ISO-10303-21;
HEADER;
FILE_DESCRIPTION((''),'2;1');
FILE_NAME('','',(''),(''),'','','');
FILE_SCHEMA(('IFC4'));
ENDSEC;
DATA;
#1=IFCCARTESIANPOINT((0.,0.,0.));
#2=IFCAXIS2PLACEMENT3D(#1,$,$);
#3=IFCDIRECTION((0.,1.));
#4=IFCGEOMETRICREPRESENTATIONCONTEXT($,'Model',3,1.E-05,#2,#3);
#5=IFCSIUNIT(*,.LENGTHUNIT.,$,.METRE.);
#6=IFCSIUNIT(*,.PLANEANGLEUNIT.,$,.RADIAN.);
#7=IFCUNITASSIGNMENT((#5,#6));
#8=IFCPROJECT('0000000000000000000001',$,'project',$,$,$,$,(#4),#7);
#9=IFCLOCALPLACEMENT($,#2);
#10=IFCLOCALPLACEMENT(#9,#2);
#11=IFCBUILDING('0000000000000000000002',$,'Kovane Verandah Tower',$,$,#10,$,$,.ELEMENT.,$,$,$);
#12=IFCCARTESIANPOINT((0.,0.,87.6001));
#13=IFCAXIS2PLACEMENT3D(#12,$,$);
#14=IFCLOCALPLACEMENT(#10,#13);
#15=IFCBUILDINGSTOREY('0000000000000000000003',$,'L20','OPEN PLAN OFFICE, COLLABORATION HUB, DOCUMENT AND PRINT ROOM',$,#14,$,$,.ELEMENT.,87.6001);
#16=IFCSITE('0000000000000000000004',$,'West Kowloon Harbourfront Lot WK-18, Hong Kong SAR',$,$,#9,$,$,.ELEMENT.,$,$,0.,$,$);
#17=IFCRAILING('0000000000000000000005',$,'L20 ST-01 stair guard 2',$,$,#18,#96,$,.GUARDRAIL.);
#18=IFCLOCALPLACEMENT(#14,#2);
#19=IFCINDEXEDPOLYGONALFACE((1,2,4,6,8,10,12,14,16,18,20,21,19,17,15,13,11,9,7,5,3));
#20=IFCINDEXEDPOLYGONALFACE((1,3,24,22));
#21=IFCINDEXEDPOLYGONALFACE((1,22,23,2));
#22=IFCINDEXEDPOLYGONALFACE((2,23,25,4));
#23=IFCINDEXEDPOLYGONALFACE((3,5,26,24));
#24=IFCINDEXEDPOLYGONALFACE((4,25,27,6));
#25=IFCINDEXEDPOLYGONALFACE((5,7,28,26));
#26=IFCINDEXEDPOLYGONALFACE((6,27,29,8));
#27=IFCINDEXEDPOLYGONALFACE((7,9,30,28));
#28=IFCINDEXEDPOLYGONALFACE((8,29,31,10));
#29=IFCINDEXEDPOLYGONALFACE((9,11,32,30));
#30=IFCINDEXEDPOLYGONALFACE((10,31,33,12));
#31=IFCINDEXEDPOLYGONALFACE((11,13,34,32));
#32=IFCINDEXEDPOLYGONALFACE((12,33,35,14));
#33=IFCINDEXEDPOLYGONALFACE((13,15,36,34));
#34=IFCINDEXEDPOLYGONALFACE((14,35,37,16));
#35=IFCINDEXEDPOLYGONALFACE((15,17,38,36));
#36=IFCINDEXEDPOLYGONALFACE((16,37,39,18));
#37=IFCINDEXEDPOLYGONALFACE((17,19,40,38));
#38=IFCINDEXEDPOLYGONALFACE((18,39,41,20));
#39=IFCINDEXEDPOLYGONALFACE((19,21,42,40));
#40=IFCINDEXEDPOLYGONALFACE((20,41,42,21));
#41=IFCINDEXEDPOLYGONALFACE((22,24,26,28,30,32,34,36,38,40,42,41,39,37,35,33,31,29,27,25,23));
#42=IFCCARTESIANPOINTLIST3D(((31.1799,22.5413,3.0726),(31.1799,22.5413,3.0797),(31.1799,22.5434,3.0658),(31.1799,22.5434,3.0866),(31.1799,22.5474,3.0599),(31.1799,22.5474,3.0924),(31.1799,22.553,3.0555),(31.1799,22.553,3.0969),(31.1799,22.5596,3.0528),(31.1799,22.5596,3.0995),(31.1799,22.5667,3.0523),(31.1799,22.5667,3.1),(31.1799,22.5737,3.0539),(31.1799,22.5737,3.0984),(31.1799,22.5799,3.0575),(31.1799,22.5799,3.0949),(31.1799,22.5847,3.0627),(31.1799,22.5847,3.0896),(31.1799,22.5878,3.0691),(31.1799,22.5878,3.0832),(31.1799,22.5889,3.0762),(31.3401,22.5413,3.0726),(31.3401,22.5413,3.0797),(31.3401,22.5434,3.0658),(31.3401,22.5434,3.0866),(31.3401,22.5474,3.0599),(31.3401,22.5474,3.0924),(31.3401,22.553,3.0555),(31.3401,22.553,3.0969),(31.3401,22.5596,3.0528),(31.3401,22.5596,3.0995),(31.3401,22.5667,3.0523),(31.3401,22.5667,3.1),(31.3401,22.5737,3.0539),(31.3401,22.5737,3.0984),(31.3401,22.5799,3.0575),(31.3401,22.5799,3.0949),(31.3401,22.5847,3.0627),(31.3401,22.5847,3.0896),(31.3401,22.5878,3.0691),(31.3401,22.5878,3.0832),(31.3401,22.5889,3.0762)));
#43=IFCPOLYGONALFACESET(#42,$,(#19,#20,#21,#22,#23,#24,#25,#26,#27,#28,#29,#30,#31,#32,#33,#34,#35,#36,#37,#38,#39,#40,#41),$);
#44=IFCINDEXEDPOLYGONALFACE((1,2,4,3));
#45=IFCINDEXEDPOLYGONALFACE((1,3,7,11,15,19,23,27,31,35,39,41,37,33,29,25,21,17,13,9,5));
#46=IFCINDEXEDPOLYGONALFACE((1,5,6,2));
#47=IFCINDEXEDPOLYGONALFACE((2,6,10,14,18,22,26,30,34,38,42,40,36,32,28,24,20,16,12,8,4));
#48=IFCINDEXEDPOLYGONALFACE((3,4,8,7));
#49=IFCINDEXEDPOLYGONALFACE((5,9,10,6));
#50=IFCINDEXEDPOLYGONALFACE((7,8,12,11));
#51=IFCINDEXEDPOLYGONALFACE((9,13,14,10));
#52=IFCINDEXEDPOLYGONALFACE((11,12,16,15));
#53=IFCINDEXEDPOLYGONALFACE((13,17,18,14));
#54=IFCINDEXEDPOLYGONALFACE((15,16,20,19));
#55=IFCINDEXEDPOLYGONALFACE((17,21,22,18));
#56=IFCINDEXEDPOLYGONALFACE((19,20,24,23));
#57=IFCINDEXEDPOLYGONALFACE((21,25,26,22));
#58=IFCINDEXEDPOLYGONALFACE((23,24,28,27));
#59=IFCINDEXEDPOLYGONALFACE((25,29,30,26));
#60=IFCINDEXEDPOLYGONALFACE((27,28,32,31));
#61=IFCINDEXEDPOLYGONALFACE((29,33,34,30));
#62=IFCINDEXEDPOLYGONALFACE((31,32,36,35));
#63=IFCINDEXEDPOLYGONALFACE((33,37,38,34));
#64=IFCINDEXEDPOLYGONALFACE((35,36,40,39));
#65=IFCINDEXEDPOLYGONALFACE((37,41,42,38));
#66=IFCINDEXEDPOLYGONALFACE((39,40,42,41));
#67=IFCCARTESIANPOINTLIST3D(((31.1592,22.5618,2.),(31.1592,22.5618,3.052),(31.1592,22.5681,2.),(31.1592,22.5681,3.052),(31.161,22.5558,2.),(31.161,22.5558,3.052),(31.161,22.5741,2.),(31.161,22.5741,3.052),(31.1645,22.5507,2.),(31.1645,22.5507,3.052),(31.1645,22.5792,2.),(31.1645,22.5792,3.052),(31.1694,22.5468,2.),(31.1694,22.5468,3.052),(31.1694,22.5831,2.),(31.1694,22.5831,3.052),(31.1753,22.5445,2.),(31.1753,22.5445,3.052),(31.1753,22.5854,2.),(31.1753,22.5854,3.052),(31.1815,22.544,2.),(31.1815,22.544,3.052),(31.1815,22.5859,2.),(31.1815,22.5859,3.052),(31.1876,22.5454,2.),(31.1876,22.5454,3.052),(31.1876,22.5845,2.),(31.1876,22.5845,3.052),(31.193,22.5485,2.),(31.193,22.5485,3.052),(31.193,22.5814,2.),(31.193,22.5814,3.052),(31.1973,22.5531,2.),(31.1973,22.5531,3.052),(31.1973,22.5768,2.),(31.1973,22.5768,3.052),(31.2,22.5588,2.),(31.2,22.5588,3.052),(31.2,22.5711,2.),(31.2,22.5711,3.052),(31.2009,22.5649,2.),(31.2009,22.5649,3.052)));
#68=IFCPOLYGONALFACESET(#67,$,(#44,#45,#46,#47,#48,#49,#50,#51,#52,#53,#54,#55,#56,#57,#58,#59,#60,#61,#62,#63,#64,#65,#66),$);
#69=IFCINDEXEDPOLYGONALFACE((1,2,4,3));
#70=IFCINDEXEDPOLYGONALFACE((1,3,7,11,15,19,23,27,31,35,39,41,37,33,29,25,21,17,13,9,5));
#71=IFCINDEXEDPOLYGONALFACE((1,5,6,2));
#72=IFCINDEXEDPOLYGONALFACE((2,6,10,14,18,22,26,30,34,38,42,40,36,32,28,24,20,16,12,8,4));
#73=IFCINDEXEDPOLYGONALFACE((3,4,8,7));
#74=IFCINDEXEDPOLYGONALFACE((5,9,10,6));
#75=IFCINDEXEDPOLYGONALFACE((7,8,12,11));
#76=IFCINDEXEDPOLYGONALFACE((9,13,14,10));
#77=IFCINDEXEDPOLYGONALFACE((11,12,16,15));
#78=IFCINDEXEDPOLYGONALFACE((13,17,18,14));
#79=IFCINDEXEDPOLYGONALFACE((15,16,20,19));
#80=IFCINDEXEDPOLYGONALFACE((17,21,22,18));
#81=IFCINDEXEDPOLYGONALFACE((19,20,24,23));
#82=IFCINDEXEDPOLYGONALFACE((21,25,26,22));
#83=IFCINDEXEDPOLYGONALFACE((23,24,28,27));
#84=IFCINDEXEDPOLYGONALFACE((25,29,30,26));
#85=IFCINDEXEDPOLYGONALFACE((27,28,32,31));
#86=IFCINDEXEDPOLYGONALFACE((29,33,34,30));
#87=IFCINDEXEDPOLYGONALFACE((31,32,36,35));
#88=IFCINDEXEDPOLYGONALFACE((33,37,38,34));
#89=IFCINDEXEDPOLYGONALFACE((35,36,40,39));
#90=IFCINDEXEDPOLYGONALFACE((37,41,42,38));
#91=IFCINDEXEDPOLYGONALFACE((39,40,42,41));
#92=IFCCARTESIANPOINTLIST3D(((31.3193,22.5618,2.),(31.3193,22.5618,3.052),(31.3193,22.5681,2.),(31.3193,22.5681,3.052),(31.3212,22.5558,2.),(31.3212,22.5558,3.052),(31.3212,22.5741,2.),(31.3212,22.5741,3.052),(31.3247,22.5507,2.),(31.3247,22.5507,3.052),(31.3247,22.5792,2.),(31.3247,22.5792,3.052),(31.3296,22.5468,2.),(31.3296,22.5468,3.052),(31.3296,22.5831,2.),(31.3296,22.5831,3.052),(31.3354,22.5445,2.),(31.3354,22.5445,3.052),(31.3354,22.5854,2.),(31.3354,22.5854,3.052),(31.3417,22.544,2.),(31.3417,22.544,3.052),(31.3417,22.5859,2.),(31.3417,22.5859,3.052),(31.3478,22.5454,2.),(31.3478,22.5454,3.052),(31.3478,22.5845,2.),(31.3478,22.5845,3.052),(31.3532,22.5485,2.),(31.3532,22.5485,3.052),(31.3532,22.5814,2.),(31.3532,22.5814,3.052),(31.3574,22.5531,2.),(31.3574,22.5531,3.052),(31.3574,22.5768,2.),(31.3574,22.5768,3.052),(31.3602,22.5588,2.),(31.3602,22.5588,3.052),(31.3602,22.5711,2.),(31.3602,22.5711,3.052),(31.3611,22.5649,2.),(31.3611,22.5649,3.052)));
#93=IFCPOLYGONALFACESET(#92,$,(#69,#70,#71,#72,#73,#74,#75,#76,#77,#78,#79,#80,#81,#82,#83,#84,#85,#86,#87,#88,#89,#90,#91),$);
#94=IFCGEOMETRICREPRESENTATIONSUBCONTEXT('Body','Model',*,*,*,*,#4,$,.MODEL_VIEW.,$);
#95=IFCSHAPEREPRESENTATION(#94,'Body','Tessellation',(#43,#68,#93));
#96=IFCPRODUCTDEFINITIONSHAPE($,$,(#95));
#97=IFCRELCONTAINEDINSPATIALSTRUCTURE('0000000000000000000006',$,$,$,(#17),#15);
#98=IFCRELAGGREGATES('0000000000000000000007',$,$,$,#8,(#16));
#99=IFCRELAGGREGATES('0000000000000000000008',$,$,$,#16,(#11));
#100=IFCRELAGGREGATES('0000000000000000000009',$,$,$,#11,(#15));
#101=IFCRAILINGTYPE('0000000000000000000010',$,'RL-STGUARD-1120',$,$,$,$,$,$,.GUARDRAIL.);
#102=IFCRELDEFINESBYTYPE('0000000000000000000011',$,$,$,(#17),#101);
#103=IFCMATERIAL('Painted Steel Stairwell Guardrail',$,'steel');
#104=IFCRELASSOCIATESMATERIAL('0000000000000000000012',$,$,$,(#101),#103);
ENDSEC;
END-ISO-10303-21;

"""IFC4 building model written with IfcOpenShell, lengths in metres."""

from ifc_helpers import new_model, si_unit, direction, frame, origin, origin_2d, place, context, subcontext, project, spatial, circle, extrude, material, type_object, element, save


model = new_model("IFC4")

# Units and contexts
model_context = context("Model", 3, precision=1e-05, world=origin(), true_north=direction((0.0, 1.0)))
body_context = subcontext(model_context, "Body", "Model", "MODEL_VIEW")
ifc_project = project(units=[si_unit("LENGTHUNIT", "METRE"), si_unit("PLANEANGLEUNIT", "RADIAN")], contexts=[model_context])

# Site, building, storey
site_placement = place(None, origin())
site = spatial("IfcSite", under=ifc_project, at=site_placement, Name="West Kowloon Harbourfront Lot WK-18, Hong Kong SAR", CompositionType="ELEMENT", RefElevation=0.0)
building_placement = place(site_placement, origin())
building = spatial("IfcBuilding", under=site, at=building_placement, Name="Kovane Verandah Tower", CompositionType="ELEMENT")
storey_placement = place(building_placement, frame((0.0, 0.0, 87.6001)))
storey = spatial("IfcBuildingStorey", under=building, at=storey_placement, Name="L20", Description="OPEN PLAN OFFICE, COLLABORATION HUB, DOCUMENT AND PRINT ROOM", CompositionType="ELEMENT", Elevation=87.6001)

# Railing
ifc_material_1 = material(Name="Painted Steel Stairwell Guardrail", Category="steel")
railing_type_1 = type_object("IfcRailingType", Name="RL-STGUARD-1120", PredefinedType="GUARDRAIL", material=ifc_material_1)
railing_1_placement = place(storey_placement, frame((31.1799, 22.5649, 2.0)))
element("IfcRailing", 1, at=railing_1_placement, inside=storey, type_object=railing_type_1, Name="L20 ST-01 stair guard 2", PredefinedType="GUARDRAIL", context=body_context, shape_type="SweptSolid", body=[
    extrude(circle(Radius=0.0239, at=origin_2d()), frame((0.0, 0.0, 1.0762), z_axis=(1.0, 0.0, 0.0), x_axis=(0.0, 1.0, 0.0)), (0.0, 0.0, 1.0), 0.1602),
    extrude(circle(Radius=0.021, at=origin_2d()), origin(), (0.0, 0.0, 1.0), 1.052),
    extrude(circle(Radius=0.021, at=origin_2d()), frame((0.1602, 0.0, 0.0)), (0.0, 0.0, 1.0), 1.052),
])

save(model, "model.ifc")
